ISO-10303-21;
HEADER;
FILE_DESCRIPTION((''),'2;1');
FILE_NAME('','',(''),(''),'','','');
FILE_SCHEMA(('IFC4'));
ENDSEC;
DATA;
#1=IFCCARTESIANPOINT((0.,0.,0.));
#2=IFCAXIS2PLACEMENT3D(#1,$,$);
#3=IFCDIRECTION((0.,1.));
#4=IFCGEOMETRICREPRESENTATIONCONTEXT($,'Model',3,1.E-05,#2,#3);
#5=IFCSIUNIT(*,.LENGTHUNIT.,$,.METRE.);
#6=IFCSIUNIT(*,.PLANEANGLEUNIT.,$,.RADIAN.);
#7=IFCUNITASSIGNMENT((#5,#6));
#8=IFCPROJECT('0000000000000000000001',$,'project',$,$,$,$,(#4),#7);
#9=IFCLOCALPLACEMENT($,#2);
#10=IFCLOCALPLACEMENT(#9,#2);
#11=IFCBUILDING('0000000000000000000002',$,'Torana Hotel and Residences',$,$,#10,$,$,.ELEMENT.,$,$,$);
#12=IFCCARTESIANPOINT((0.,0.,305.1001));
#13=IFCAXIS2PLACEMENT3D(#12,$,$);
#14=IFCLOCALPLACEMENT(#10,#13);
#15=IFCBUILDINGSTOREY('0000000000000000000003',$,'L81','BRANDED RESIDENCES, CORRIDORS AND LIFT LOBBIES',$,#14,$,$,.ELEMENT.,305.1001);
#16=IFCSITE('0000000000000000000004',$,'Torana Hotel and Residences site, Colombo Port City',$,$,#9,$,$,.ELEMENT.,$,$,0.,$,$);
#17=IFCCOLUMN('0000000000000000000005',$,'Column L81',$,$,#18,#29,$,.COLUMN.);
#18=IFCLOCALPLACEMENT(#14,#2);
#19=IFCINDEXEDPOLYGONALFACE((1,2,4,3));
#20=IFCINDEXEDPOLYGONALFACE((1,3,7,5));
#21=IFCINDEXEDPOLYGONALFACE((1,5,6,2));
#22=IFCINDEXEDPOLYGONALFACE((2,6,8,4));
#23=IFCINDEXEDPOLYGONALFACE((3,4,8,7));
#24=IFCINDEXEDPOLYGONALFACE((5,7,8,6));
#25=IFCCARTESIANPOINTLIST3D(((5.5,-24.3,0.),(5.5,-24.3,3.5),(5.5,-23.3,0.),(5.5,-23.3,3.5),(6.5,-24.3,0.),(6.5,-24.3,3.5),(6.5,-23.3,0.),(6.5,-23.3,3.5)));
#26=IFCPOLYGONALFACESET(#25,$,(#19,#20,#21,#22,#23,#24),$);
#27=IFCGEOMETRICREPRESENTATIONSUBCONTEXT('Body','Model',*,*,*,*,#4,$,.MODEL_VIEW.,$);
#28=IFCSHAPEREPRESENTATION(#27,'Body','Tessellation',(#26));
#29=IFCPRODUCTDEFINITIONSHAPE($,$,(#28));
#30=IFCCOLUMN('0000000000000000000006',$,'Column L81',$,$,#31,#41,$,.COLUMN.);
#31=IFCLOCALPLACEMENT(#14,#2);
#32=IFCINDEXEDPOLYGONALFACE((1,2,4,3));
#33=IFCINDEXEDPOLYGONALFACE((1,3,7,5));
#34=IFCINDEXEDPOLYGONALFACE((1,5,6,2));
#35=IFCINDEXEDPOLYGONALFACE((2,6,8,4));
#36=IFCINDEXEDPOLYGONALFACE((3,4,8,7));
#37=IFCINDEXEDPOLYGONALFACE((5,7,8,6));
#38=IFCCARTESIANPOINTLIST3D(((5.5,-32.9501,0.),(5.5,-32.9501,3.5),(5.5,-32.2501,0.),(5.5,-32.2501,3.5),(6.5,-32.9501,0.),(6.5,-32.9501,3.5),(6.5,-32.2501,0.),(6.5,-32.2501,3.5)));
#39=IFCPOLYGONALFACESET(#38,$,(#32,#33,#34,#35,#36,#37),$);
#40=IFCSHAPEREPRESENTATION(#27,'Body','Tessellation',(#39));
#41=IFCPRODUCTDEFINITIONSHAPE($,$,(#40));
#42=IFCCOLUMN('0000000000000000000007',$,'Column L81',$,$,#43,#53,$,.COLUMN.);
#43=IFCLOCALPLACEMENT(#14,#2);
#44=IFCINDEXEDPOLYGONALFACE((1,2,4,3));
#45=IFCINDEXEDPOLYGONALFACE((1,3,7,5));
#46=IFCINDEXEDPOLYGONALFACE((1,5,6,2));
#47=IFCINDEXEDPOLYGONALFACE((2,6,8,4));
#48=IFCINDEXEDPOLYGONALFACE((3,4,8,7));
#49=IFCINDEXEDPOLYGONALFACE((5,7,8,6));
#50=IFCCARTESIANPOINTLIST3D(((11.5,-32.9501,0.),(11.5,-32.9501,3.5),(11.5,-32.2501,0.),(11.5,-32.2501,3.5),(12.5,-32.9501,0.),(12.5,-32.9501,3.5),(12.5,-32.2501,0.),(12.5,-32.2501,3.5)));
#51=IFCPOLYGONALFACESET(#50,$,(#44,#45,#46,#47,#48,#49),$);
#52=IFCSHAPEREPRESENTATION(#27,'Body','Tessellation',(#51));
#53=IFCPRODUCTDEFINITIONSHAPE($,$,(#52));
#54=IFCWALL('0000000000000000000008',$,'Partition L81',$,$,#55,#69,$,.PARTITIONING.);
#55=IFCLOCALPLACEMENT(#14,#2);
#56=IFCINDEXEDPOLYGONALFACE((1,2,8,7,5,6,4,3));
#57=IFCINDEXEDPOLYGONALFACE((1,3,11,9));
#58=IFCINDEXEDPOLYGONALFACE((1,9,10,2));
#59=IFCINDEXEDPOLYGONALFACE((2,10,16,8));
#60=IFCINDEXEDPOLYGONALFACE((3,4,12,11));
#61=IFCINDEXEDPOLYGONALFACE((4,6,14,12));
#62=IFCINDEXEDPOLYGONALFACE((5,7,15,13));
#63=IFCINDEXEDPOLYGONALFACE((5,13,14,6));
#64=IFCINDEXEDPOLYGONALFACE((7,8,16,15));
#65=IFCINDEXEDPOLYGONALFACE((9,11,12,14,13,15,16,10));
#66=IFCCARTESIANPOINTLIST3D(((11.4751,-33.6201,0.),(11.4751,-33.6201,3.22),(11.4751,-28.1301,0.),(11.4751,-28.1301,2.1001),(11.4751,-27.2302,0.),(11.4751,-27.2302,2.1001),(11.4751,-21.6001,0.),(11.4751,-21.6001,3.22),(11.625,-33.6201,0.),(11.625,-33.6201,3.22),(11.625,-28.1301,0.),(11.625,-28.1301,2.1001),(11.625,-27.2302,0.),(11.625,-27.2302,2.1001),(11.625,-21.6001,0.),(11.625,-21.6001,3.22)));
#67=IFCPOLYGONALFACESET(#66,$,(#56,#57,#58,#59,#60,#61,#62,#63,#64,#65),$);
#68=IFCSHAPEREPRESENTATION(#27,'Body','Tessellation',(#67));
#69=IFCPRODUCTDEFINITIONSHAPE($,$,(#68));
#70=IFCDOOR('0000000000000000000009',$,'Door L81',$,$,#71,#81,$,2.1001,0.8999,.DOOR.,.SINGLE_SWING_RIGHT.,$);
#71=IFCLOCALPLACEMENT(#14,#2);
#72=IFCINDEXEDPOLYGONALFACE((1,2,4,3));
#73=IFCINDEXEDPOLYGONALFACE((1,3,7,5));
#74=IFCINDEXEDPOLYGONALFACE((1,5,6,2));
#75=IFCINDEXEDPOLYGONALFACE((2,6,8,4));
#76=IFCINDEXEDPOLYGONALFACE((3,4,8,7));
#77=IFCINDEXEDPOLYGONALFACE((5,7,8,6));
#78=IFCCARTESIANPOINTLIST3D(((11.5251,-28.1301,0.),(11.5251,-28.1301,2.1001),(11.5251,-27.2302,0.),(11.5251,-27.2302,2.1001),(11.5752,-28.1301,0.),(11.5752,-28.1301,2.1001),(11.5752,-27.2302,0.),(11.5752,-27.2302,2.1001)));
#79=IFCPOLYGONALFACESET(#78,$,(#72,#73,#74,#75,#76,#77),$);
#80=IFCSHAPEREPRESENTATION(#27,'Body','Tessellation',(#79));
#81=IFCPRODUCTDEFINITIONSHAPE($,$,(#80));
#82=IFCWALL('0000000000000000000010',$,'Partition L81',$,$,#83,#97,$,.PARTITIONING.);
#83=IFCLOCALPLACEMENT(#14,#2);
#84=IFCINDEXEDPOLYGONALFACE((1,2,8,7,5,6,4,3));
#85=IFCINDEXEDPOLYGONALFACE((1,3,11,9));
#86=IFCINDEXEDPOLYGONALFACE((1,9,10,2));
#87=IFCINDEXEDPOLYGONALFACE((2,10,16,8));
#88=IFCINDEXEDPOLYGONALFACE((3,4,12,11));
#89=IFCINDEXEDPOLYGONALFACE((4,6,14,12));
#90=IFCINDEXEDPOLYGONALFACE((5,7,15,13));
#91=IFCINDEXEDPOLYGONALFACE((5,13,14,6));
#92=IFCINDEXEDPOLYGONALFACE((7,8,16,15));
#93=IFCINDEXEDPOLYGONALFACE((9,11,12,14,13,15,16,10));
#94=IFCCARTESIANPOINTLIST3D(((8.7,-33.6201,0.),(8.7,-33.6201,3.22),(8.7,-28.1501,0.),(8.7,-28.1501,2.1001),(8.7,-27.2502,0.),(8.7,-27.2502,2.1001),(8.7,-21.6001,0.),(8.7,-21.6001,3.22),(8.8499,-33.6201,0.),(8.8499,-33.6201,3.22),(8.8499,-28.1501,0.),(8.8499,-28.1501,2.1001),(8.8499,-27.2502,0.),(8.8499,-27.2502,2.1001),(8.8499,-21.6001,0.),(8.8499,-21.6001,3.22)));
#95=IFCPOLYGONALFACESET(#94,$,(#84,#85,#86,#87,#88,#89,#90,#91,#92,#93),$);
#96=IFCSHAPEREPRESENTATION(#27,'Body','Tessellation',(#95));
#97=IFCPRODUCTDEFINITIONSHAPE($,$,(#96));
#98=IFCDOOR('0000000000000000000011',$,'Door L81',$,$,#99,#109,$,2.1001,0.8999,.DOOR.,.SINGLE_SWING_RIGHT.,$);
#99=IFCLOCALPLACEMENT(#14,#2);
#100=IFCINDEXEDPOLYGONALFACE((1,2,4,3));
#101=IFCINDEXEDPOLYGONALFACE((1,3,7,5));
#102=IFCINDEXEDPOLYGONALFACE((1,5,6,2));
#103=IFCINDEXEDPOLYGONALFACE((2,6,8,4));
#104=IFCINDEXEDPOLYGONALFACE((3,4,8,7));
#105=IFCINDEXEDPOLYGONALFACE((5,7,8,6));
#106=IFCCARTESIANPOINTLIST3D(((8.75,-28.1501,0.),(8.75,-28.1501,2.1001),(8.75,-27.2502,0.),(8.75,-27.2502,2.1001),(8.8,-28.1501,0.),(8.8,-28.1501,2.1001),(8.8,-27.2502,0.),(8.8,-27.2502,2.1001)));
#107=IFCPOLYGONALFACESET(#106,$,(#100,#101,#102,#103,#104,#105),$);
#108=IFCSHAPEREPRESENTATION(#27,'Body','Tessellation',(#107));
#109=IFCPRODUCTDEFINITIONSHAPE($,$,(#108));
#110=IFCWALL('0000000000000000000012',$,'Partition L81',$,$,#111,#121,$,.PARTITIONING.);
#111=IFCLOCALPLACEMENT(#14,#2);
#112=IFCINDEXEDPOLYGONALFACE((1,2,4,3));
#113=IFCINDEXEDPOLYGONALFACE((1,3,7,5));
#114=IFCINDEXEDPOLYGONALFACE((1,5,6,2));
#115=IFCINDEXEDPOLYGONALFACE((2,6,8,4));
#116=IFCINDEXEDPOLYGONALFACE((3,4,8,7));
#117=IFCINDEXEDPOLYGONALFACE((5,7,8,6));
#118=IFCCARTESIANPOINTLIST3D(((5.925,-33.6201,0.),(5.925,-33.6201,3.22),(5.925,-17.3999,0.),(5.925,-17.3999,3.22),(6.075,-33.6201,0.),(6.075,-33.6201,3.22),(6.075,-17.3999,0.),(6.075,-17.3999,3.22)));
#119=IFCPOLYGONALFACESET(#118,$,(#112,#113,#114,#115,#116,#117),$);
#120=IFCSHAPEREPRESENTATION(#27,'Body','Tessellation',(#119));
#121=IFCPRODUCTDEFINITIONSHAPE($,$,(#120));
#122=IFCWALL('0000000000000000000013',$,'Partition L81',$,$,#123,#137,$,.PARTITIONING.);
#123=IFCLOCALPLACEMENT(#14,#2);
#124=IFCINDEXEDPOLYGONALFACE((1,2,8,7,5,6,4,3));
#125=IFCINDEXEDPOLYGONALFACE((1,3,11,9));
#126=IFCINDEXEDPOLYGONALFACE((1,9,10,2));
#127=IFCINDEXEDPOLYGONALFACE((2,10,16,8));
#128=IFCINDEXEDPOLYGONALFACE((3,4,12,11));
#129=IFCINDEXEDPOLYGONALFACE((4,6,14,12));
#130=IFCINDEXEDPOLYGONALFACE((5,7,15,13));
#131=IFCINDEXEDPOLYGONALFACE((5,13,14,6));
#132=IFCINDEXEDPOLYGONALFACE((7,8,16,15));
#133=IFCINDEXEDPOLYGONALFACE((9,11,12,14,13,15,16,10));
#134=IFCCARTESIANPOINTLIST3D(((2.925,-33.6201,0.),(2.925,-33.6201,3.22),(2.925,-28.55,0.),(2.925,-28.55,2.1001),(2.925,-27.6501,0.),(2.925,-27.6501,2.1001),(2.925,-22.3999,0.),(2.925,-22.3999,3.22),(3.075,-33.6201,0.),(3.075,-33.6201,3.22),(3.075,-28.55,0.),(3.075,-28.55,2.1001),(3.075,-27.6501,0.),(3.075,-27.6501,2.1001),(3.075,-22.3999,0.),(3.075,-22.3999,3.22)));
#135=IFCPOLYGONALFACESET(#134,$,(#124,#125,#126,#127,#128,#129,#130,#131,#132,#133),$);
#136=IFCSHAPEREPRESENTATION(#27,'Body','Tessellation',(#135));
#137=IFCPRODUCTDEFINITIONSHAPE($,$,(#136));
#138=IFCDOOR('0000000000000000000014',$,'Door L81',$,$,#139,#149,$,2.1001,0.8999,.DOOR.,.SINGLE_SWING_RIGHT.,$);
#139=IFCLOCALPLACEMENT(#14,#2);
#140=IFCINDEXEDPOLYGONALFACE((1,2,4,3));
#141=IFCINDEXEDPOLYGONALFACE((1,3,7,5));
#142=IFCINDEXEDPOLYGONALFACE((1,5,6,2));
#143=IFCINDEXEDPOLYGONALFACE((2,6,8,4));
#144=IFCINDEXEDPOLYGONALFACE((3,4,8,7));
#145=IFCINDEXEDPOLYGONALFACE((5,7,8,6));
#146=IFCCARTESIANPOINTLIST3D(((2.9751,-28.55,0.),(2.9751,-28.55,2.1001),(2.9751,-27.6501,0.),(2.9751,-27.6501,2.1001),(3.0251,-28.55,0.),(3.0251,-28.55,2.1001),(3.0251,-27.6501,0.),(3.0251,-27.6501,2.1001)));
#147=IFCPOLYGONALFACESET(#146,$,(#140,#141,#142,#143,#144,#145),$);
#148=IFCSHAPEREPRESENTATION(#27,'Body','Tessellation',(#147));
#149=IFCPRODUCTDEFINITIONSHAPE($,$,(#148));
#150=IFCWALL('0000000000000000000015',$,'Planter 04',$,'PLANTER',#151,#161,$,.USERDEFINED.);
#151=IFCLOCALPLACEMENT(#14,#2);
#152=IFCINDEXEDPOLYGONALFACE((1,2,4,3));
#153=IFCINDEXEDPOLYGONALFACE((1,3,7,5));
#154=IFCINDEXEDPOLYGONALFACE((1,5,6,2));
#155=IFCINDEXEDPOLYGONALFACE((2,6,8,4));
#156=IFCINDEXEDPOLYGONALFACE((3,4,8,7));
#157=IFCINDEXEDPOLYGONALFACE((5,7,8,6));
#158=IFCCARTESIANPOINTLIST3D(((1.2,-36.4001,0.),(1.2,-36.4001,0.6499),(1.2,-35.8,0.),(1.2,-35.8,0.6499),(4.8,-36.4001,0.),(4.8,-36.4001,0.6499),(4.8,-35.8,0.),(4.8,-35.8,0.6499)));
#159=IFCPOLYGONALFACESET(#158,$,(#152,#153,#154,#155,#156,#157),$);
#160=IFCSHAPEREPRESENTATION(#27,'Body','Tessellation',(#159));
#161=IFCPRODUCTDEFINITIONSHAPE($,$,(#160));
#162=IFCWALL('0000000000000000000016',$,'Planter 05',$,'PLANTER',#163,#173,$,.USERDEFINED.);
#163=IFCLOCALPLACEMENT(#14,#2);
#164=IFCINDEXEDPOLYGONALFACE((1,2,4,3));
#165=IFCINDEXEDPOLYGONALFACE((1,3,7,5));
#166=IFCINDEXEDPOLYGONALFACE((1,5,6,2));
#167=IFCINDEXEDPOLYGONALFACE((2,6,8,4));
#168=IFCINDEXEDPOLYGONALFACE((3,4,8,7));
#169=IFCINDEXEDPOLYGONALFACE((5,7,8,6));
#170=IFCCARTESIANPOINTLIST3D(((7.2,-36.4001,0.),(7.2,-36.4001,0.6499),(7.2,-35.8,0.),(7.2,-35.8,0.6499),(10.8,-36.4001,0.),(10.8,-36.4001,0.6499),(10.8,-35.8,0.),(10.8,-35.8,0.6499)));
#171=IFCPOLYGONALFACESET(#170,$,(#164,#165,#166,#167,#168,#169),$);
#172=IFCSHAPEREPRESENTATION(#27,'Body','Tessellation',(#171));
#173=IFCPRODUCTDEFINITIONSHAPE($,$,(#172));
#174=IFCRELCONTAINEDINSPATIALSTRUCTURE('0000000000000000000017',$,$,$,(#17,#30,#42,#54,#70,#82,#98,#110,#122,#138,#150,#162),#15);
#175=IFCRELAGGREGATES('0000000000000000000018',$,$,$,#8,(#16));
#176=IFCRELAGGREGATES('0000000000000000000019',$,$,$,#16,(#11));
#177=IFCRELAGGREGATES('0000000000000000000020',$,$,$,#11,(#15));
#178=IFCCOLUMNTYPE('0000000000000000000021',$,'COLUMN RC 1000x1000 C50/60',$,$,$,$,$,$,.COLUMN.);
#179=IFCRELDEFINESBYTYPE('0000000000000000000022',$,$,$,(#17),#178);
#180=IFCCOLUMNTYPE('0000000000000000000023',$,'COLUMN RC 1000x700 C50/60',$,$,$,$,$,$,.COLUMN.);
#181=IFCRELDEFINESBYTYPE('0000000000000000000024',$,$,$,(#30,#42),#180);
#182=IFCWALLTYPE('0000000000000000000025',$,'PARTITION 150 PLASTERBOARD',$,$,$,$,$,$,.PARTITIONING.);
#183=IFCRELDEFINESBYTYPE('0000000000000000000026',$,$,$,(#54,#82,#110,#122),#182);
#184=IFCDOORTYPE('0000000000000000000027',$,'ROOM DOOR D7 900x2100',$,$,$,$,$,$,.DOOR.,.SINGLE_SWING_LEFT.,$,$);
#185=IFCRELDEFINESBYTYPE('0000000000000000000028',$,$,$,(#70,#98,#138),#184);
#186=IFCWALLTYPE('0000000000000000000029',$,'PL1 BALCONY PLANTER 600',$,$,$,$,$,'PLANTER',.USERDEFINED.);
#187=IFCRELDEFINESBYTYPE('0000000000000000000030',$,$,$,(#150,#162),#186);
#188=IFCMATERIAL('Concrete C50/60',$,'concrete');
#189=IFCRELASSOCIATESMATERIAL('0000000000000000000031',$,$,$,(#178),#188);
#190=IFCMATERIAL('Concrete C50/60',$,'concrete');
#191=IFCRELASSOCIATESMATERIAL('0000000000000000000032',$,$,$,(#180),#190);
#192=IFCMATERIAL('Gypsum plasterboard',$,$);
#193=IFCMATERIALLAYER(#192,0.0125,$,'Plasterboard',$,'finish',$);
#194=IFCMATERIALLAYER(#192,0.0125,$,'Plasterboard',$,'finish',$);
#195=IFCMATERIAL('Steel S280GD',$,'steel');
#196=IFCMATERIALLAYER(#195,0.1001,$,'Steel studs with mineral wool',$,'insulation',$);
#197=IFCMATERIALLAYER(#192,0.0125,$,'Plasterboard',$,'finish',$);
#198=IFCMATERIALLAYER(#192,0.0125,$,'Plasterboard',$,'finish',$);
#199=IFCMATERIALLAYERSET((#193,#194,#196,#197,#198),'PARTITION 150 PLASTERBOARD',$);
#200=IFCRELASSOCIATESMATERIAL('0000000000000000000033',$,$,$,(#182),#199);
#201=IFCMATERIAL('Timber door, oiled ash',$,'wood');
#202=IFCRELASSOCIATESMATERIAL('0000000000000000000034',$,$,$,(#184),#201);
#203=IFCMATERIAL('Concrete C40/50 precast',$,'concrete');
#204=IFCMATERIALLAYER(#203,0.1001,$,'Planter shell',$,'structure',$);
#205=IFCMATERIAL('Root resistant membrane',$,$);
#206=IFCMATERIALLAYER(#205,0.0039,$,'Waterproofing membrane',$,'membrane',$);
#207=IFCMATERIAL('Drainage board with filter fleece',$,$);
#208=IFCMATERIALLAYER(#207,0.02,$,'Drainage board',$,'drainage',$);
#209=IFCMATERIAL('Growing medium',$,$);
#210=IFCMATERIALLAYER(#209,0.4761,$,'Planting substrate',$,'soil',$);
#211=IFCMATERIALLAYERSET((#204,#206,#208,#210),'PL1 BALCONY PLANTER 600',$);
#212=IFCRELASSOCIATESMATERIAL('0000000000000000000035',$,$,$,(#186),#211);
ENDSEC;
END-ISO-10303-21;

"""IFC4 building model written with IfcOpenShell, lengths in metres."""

from ifc_helpers import new_model, si_unit, direction, frame, frame_2d, origin, origin_2d, place, context, subcontext, project, spatial, rectangle, extrude, material, layer, layer_set, material_profile, profile_set, type_object, element, fill, save


model = new_model("IFC4")

# Units and contexts
model_context = context("Model", 3, precision=1e-05, world=origin(), true_north=direction((0.0, 1.0)))
body_context = subcontext(model_context, "Body", "Model", "MODEL_VIEW")
ifc_project = project(units=[si_unit("LENGTHUNIT", "METRE"), si_unit("PLANEANGLEUNIT", "RADIAN")], contexts=[model_context])

# Site, building, storey
site_placement = place(None, origin())
site = spatial("IfcSite", under=ifc_project, at=site_placement, Name="Torana Hotel and Residences site, Colombo Port City", CompositionType="ELEMENT", RefElevation=0.0)
building_placement = place(site_placement, origin())
building = spatial("IfcBuilding", under=site, at=building_placement, Name="Torana Hotel and Residences", CompositionType="ELEMENT")
storey_placement = place(building_placement, frame((0.0, 0.0, 305.1001)))
storey = spatial("IfcBuildingStorey", under=building, at=storey_placement, Name="L81", Description="BRANDED RESIDENCES, CORRIDORS AND LIFT LOBBIES", CompositionType="ELEMENT", Elevation=305.1001)

# Columns
ifc_material_1 = material(Name="Concrete C50/60", Category="concrete")
ifc_material_profile_1 = material_profile(ifc_material_1, rectangle(XDim=1.0, YDim=1.0, at=origin_2d()), Name="RC 1000x1000")
ifc_profile_set_1 = profile_set([ifc_material_profile_1], Name="Concrete C50/60")
column_type_1 = type_object("IfcColumnType", Name="COLUMN RC 1000x1000 C50/60", PredefinedType="COLUMN", material=ifc_profile_set_1)
column_placement = place(storey_placement, frame((6.0, -23.8, 0.0), z_axis=(0.0, 0.0, 1.0), x_axis=(1.0, 0.0, 0.0)))
element("IfcColumn", 1, at=column_placement, inside=storey, type_object=column_type_1, Name="Column L81", PredefinedType="COLUMN", context=body_context, shape_type="SweptSolid", body=[
    extrude(rectangle(XDim=1.0, YDim=1.0, at=origin_2d()), origin(), (0.0, 0.0, 1.0), 3.5),
])
ifc_material_2 = material(Name="Concrete C50/60", Category="concrete")
ifc_material_profile_2 = material_profile(ifc_material_2, rectangle(XDim=1.0, YDim=0.7, at=origin_2d()), Name="RC 1000x700")
ifc_profile_set_2 = profile_set([ifc_material_profile_2], Name="Concrete C50/60")
column_type_2 = type_object("IfcColumnType", Name="COLUMN RC 1000x700 C50/60", PredefinedType="COLUMN", material=ifc_profile_set_2)
for number, where, z_axis, x_axis, name in (
    (2, (6.0, -32.6001, 0.0), (0.0, 0.0, 1.0), (1.0, 0.0, 0.0), "Column L81"),
    (3, (12.0, -32.6001, 0.0), (0.0, 0.0, 1.0), (1.0, 0.0, 0.0), "Column L81"),
):
    element("IfcColumn", number, at=place(storey_placement, frame(where, z_axis=z_axis, x_axis=x_axis)), inside=storey, type_object=column_type_2, Name=name, PredefinedType="COLUMN", context=body_context, shape_type="SweptSolid", body=[
        extrude(rectangle(XDim=1.0, YDim=0.7, at=origin_2d()), origin(), (0.0, 0.0, 1.0), 3.5),
    ])

# Walls, openings, doors
ifc_material_3 = material(Name="Gypsum plasterboard")
ifc_layer_1 = layer(ifc_material_3, 0.0125, Name="Plasterboard", Category="finish")
ifc_layer_2 = layer(ifc_material_3, 0.0125, Name="Plasterboard", Category="finish")
ifc_material_4 = material(Name="Steel S280GD", Category="steel")
ifc_layer_3 = layer(ifc_material_4, 0.1001, Name="Steel studs with mineral wool", Category="insulation")
ifc_layer_4 = layer(ifc_material_3, 0.0125, Name="Plasterboard", Category="finish")
ifc_layer_5 = layer(ifc_material_3, 0.0125, Name="Plasterboard", Category="finish")
ifc_layer_set_1 = layer_set([ifc_layer_1, ifc_layer_2, ifc_layer_3, ifc_layer_4, ifc_layer_5], Name="PARTITION 150 PLASTERBOARD")
wall_type_1 = type_object("IfcWallType", Name="PARTITION 150 PLASTERBOARD", PredefinedType="PARTITIONING", material=ifc_layer_set_1)
wall_1_placement = place(storey_placement, frame((11.55, -33.6201, 0.0), z_axis=(0.0, 0.0, 1.0), x_axis=(0.0, 1.0, 0.0)))
wall_1 = element("IfcWall", 4, at=wall_1_placement, inside=storey, type_object=wall_type_1, Name="Partition L81", PredefinedType="PARTITIONING", context=body_context, shape_type="SweptSolid", body=[
    extrude(rectangle(XDim=12.02, YDim=0.1499, at=frame_2d((6.01, 0.0))), origin(), (0.0, 0.0, 1.0), 3.22),
])
opening_1_placement = place(wall_1_placement, frame((5.49, 0.0, 0.0)))
opening_1 = element("IfcOpeningElement", 5, at=opening_1_placement, cuts=wall_1, PredefinedType="OPENING", context=body_context, shape_type="SweptSolid", body=[
    extrude(rectangle(XDim=0.8999, YDim=2.1001, at=frame_2d((0.45, 1.05))), frame((0.0, 0.085, 0.0), z_axis=(0.0, -1.0, 0.0), x_axis=(1.0, 0.0, 0.0)), (0.0, 0.0, 1.0), 0.1699),
])
ifc_material_5 = material(Name="Timber door, oiled ash", Category="wood")
door_type = type_object("IfcDoorType", Name="ROOM DOOR D7 900x2100", OperationType="SINGLE_SWING_LEFT", PredefinedType="DOOR", material=ifc_material_5)
door_1_placement = place(opening_1_placement, origin())
door_1 = element("IfcDoor", 6, at=door_1_placement, inside=storey, type_object=door_type, Name="Door L81", OperationType="SINGLE_SWING_RIGHT", OverallHeight=2.1001, OverallWidth=0.8999, PredefinedType="DOOR", context=body_context, shape_type="SweptSolid", body=[
    extrude(rectangle(XDim=0.8999, YDim=2.1001, at=frame_2d((0.45, 1.05))), frame((0.0, 0.0249, 0.0), z_axis=(0.0, -1.0, 0.0), x_axis=(1.0, 0.0, 0.0)), (0.0, 0.0, 1.0), 0.05),
])
fill(opening_1, door_1)
wall_2_placement = place(storey_placement, frame((8.7749, -33.6201, 0.0), z_axis=(0.0, 0.0, 1.0), x_axis=(0.0, 1.0, 0.0)))
wall_2 = element("IfcWall", 7, at=wall_2_placement, inside=storey, type_object=wall_type_1, Name="Partition L81", PredefinedType="PARTITIONING", context=body_context, shape_type="SweptSolid", body=[
    extrude(rectangle(XDim=12.02, YDim=0.1499, at=frame_2d((6.01, 0.0))), origin(), (0.0, 0.0, 1.0), 3.22),
])
opening_2_placement = place(wall_2_placement, frame((5.47, 0.0, 0.0)))
opening_2 = element("IfcOpeningElement", 8, at=opening_2_placement, cuts=wall_2, PredefinedType="OPENING", context=body_context, shape_type="SweptSolid", body=[
    extrude(rectangle(XDim=0.8999, YDim=2.1001, at=frame_2d((0.45, 1.05))), frame((0.0, 0.085, 0.0), z_axis=(0.0, -1.0, 0.0), x_axis=(1.0, 0.0, 0.0)), (0.0, 0.0, 1.0), 0.1699),
])
door_2_placement = place(opening_2_placement, origin())
door_2 = element("IfcDoor", 9, at=door_2_placement, inside=storey, type_object=door_type, Name="Door L81", OperationType="SINGLE_SWING_RIGHT", OverallHeight=2.1001, OverallWidth=0.8999, PredefinedType="DOOR", context=body_context, shape_type="SweptSolid", body=[
    extrude(rectangle(XDim=0.8999, YDim=2.1001, at=frame_2d((0.45, 1.05))), frame((0.0, 0.0249, 0.0), z_axis=(0.0, -1.0, 0.0), x_axis=(1.0, 0.0, 0.0)), (0.0, 0.0, 1.0), 0.05),
])
fill(opening_2, door_2)

# Wall
wall_3_placement = place(storey_placement, frame((6.0, -33.6201, 0.0), z_axis=(0.0, 0.0, 1.0), x_axis=(0.0, 1.0, 0.0)))
element("IfcWall", 10, at=wall_3_placement, inside=storey, type_object=wall_type_1, Name="Partition L81", PredefinedType="PARTITIONING", context=body_context, shape_type="SweptSolid", body=[
    extrude(rectangle(XDim=16.2202, YDim=0.1499, at=frame_2d((8.1101, 0.0))), origin(), (0.0, 0.0, 1.0), 3.22),
])

# Wall, opening, door
wall_4_placement = place(storey_placement, frame((3.0, -33.6201, 0.0), z_axis=(0.0, 0.0, 1.0), x_axis=(0.0, 1.0, 0.0)))
wall_4 = element("IfcWall", 11, at=wall_4_placement, inside=storey, type_object=wall_type_1, Name="Partition L81", PredefinedType="PARTITIONING", context=body_context, shape_type="SweptSolid", body=[
    extrude(rectangle(XDim=11.2202, YDim=0.1499, at=frame_2d((5.6101, 0.0))), origin(), (0.0, 0.0, 1.0), 3.22),
])
opening_3_placement = place(wall_4_placement, frame((5.0701, 0.0, 0.0)))
opening_3 = element("IfcOpeningElement", 12, at=opening_3_placement, cuts=wall_4, PredefinedType="OPENING", context=body_context, shape_type="SweptSolid", body=[
    extrude(rectangle(XDim=0.8999, YDim=2.1001, at=frame_2d((0.45, 1.05))), frame((0.0, 0.085, 0.0), z_axis=(0.0, -1.0, 0.0), x_axis=(1.0, 0.0, 0.0)), (0.0, 0.0, 1.0), 0.1699),
])
door_3_placement = place(opening_3_placement, origin())
door_3 = element("IfcDoor", 13, at=door_3_placement, inside=storey, type_object=door_type, Name="Door L81", OperationType="SINGLE_SWING_RIGHT", OverallHeight=2.1001, OverallWidth=0.8999, PredefinedType="DOOR", context=body_context, shape_type="SweptSolid", body=[
    extrude(rectangle(XDim=0.8999, YDim=2.1001, at=frame_2d((0.45, 1.05))), frame((0.0, 0.0249, 0.0), z_axis=(0.0, -1.0, 0.0), x_axis=(1.0, 0.0, 0.0)), (0.0, 0.0, 1.0), 0.05),
])
fill(opening_3, door_3)

# Walls
ifc_material_6 = material(Name="Concrete C40/50 precast", Category="concrete")
ifc_layer_6 = layer(ifc_material_6, 0.1001, Name="Planter shell", Category="structure")
ifc_material_7 = material(Name="Root resistant membrane")
ifc_layer_7 = layer(ifc_material_7, 0.0039, Name="Waterproofing membrane", Category="membrane")
ifc_material_8 = material(Name="Drainage board with filter fleece")
ifc_layer_8 = layer(ifc_material_8, 0.02, Name="Drainage board", Category="drainage")
ifc_material_9 = material(Name="Growing medium")
ifc_layer_9 = layer(ifc_material_9, 0.4761, Name="Planting substrate", Category="soil")
ifc_layer_set_2 = layer_set([ifc_layer_6, ifc_layer_7, ifc_layer_8, ifc_layer_9], Name="PL1 BALCONY PLANTER 600")
wall_type_2 = type_object("IfcWallType", Name="PL1 BALCONY PLANTER 600", ElementType="PLANTER", PredefinedType="USERDEFINED", material=ifc_layer_set_2)
for number, where, z_axis, x_axis, name in (
    (14, (4.8, -36.1001, 0.0), (0.0, 0.0, 1.0), (-1.0, 0.0, 0.0), "Planter 04"),
    (15, (10.8, -36.1001, 0.0), (0.0, 0.0, 1.0), (-1.0, 0.0, 0.0), "Planter 05"),
):
    element("IfcWall", number, at=place(storey_placement, frame(where, z_axis=z_axis, x_axis=x_axis)), inside=storey, type_object=wall_type_2, Name=name, ObjectType="PLANTER", PredefinedType="USERDEFINED", context=body_context, shape_type="SweptSolid", body=[
        extrude(rectangle(XDim=3.6001, YDim=0.6001, at=frame_2d((1.8, 0.0))), origin(), (0.0, 0.0, 1.0), 0.6499),
    ])

save(model, "model.ifc")
